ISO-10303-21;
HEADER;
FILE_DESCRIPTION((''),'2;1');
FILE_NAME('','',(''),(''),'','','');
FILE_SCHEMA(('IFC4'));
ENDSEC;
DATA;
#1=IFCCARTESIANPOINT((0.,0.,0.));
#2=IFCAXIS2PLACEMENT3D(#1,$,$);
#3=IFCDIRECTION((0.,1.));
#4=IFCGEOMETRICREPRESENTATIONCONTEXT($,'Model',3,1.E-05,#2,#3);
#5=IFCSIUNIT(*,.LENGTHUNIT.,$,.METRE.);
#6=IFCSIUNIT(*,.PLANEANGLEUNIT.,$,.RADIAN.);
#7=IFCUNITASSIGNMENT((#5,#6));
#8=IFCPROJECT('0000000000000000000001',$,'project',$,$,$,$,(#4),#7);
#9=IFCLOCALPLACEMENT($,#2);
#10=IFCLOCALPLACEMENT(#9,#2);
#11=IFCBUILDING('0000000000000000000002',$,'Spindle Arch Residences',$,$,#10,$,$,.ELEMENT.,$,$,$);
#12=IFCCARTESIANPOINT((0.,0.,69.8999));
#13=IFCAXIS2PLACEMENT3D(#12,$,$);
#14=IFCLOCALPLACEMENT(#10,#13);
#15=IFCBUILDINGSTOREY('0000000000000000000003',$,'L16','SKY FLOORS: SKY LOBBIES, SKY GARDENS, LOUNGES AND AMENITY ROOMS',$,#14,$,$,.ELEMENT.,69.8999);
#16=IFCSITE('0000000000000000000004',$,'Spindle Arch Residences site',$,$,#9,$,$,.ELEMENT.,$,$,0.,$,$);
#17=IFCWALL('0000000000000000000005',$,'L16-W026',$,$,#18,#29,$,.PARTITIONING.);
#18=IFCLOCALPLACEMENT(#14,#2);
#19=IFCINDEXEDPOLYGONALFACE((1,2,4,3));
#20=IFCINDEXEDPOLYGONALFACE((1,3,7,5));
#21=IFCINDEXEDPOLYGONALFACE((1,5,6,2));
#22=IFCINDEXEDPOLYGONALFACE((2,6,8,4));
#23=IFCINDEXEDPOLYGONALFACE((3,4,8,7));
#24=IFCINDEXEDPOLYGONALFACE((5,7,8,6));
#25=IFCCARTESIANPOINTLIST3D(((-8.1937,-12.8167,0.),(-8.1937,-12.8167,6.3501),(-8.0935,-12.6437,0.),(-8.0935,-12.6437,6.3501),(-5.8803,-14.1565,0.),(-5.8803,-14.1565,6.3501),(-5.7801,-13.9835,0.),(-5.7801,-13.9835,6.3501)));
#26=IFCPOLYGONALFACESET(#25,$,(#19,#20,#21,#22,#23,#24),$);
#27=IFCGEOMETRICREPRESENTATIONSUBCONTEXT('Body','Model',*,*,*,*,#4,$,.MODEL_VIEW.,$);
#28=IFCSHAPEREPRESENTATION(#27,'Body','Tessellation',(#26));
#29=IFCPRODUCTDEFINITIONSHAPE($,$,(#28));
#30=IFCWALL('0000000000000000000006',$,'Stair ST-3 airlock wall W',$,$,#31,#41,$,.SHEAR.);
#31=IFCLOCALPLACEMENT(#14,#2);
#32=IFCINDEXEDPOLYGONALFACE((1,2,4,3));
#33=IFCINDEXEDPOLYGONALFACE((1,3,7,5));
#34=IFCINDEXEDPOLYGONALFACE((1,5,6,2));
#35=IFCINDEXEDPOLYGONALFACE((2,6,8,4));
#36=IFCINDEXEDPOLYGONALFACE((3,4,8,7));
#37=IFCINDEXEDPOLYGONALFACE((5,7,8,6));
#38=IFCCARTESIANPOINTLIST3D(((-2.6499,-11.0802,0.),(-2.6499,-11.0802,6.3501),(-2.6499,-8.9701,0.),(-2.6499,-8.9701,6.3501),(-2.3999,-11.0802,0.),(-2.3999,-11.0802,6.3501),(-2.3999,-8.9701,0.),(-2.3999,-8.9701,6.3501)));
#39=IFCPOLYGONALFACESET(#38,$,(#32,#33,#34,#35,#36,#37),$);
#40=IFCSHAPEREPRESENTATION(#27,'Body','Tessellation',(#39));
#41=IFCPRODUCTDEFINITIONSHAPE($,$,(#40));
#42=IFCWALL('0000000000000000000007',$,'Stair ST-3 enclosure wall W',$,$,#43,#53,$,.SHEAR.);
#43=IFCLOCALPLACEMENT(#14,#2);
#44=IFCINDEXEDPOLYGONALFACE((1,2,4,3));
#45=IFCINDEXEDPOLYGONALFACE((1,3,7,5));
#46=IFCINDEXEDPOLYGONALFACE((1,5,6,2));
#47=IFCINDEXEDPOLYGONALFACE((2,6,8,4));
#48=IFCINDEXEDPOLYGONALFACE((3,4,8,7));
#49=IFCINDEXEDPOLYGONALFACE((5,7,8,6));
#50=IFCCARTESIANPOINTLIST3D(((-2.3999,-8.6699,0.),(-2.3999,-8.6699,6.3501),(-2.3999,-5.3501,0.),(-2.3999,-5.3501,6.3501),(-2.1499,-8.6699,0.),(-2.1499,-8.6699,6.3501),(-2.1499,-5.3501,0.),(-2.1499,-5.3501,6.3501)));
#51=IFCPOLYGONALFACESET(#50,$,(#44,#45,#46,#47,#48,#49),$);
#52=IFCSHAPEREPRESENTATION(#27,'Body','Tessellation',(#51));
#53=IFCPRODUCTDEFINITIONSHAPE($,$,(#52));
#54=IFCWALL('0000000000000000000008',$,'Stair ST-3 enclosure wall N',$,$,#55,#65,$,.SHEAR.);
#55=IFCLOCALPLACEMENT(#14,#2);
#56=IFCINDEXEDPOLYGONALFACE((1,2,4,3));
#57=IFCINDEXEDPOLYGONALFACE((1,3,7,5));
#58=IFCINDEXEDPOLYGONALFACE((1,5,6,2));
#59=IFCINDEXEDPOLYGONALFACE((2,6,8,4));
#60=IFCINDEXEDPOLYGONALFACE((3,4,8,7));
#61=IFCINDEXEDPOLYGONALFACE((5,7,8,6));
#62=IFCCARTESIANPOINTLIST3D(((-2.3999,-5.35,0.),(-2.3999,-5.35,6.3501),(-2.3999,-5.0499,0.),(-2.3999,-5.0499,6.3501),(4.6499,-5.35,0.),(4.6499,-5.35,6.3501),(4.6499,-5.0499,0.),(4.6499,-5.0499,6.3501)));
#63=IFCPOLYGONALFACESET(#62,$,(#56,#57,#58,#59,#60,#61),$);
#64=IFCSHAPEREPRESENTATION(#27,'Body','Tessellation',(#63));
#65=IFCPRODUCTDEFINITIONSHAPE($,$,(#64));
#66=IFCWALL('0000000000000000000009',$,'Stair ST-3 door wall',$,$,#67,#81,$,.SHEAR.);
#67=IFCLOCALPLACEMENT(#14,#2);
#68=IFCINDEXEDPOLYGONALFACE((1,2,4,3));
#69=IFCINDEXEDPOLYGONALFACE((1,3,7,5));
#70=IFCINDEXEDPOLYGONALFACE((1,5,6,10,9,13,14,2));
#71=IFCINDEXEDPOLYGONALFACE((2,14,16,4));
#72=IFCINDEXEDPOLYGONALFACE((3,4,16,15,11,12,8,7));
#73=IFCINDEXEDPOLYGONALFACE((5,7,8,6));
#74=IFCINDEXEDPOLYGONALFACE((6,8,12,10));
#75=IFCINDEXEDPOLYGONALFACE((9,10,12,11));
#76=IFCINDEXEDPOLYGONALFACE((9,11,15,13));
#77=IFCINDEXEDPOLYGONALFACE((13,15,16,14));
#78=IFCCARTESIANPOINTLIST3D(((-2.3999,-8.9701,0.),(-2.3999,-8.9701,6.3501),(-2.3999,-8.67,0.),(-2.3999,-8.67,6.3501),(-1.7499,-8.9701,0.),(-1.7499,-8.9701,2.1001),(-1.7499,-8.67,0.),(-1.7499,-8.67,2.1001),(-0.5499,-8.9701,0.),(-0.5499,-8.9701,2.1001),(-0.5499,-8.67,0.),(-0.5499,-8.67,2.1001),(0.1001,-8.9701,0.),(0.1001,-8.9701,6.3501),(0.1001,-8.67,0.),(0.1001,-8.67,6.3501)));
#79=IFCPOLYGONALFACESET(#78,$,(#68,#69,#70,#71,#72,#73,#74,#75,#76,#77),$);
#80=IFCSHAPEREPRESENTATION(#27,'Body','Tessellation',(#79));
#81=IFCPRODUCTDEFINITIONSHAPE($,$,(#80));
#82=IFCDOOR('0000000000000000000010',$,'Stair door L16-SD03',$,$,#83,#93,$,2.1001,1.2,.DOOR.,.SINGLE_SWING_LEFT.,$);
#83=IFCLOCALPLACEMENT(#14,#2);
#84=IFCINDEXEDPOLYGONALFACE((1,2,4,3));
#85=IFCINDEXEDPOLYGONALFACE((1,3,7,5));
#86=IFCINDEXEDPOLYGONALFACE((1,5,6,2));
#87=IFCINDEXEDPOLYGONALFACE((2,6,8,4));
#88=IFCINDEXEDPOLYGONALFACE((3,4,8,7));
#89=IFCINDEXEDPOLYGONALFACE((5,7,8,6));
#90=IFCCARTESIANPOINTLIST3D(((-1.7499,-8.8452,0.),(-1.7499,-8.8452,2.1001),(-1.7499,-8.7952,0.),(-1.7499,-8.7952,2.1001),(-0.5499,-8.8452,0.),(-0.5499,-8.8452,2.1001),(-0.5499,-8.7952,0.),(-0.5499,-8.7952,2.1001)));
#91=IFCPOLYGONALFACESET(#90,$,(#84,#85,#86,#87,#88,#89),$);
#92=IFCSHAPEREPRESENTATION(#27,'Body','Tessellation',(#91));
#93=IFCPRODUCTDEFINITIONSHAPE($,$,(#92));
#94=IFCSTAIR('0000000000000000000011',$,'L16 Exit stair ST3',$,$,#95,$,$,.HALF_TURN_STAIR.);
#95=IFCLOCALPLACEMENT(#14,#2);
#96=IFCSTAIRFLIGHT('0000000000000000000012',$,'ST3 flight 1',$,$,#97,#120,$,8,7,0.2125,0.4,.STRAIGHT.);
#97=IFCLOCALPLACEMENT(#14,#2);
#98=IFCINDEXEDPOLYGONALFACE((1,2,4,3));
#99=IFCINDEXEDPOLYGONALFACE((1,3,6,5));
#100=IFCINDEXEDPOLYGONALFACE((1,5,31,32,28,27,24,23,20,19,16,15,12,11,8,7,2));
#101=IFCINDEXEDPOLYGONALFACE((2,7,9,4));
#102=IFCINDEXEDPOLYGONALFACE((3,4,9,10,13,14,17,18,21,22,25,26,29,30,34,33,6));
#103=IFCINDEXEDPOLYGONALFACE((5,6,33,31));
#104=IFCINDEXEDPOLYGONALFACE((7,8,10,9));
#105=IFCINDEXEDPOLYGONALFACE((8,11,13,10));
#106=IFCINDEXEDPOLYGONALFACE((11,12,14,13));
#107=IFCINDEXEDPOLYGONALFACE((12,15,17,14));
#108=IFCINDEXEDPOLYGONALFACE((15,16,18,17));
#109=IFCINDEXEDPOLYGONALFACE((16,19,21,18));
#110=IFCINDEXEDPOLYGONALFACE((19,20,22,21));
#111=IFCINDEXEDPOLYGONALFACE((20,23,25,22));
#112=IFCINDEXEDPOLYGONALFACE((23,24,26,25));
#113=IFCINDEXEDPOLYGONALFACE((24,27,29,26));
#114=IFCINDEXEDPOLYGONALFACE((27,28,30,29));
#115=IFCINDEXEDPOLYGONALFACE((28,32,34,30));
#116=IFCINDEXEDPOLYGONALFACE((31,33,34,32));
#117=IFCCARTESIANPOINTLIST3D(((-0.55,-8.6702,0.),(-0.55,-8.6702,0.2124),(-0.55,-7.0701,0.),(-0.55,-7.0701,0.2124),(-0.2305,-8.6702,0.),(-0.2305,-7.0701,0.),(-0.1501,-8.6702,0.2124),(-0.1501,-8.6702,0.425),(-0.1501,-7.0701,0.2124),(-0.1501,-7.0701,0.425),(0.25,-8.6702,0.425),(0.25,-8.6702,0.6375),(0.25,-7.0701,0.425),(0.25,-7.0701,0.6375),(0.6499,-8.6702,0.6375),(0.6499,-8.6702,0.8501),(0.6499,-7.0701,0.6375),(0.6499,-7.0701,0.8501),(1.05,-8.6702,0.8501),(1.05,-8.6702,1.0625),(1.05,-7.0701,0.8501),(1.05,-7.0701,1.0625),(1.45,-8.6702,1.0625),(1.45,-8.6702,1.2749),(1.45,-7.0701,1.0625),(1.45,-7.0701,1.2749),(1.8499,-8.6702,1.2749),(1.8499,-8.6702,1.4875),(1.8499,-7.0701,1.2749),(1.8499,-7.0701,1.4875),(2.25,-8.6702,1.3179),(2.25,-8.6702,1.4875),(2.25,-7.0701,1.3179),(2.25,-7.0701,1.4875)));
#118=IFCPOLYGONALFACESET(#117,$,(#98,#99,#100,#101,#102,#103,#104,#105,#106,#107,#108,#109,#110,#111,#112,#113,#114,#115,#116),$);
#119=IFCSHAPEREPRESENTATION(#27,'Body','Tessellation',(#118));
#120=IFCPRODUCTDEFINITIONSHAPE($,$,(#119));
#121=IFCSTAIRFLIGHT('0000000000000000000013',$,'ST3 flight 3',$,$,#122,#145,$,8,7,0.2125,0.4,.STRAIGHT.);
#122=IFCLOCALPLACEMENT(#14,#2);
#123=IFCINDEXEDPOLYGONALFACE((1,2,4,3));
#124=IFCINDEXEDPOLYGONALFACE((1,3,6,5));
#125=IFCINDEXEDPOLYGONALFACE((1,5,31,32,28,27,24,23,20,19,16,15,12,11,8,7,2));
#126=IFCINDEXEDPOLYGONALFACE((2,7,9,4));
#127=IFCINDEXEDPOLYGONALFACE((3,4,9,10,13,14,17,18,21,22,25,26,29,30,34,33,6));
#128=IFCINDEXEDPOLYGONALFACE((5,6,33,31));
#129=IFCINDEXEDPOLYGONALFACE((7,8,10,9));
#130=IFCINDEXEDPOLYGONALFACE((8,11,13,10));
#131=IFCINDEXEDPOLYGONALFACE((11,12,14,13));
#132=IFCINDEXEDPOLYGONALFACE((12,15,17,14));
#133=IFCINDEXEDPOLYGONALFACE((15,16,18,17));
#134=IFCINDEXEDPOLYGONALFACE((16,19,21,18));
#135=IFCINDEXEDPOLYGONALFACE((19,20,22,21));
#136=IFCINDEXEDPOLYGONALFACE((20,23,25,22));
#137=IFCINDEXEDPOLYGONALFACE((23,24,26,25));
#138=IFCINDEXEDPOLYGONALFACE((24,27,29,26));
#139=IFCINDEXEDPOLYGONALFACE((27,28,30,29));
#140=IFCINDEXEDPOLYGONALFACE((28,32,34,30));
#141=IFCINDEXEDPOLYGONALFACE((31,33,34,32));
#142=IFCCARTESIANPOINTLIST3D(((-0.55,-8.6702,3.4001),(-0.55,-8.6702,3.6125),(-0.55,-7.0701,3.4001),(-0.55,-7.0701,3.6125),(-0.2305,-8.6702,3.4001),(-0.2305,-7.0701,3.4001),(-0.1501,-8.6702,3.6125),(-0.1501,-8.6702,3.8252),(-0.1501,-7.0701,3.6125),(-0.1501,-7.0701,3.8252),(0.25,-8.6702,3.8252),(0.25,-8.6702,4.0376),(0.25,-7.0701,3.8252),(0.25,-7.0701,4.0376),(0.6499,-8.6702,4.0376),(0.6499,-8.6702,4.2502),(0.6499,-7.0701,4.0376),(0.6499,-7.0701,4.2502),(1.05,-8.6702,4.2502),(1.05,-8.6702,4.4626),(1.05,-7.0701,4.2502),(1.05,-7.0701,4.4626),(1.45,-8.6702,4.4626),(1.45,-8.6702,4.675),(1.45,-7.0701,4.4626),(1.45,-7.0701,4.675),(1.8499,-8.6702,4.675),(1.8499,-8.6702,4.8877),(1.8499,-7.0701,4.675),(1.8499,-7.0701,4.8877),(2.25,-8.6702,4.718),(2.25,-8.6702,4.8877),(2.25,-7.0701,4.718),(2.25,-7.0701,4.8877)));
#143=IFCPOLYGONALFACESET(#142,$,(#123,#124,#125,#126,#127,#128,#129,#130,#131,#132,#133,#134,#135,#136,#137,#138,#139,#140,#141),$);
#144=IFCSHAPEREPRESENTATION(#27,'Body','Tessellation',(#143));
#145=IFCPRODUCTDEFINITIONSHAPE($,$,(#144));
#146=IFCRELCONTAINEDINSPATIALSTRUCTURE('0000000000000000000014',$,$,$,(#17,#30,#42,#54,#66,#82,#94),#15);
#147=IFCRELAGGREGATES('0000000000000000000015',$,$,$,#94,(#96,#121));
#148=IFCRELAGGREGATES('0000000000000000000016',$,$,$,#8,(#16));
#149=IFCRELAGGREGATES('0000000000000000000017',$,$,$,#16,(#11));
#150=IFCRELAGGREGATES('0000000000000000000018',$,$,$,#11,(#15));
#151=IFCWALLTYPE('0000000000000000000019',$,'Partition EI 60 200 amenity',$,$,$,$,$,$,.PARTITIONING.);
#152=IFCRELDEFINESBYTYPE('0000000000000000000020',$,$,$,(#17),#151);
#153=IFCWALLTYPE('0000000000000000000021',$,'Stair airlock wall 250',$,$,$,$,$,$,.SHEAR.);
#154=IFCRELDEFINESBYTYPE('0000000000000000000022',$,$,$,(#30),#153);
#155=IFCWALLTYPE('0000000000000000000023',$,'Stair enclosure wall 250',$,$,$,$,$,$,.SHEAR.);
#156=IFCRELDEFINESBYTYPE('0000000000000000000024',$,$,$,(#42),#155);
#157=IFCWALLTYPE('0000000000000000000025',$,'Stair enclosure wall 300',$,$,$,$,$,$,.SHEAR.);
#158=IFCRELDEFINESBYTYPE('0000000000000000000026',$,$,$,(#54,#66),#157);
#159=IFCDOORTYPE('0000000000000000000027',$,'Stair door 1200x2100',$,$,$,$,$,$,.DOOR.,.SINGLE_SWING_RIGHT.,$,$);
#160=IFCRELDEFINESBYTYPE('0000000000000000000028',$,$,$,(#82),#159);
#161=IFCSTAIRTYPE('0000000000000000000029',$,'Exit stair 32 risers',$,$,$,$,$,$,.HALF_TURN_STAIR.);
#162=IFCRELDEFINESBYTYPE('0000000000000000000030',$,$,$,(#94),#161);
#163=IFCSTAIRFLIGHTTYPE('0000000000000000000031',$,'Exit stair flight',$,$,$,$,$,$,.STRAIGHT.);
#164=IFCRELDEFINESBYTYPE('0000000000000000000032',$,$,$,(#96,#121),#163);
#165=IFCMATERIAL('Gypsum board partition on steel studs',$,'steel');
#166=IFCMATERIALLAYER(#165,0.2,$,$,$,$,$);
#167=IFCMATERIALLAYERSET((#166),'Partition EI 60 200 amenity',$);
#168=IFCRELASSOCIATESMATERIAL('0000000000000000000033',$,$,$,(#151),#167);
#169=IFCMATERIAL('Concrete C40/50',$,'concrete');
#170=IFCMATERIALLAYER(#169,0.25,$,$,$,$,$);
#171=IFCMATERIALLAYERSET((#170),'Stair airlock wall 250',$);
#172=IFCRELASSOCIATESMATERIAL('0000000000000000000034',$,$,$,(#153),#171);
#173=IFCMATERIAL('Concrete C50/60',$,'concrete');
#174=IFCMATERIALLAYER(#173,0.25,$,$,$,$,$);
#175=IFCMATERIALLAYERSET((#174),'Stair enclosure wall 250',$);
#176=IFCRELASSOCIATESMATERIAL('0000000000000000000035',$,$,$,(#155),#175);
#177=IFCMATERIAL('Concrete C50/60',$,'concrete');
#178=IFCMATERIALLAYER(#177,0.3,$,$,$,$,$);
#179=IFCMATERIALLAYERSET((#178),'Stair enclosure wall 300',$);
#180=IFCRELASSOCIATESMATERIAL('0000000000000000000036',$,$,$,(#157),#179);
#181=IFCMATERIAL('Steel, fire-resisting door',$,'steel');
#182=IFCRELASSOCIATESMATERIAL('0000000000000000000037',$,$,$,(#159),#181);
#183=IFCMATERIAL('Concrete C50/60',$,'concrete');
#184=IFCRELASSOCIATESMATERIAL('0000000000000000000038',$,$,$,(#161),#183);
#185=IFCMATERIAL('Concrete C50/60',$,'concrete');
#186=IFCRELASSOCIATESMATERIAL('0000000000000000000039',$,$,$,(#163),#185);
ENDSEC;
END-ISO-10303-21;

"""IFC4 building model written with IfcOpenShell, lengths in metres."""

from ifc_helpers import new_model, si_unit, direction, frame, frame_2d, origin, place, context, subcontext, project, spatial, polyline, rectangle, outline, extrude, material, layer, layer_set, type_object, element, fill, aggregate, save


model = new_model("IFC4")

# Units and contexts
model_context = context("Model", 3, precision=1e-05, world=origin(), true_north=direction((0.0, 1.0)))
body_context = subcontext(model_context, "Body", "Model", "MODEL_VIEW")
ifc_project = project(units=[si_unit("LENGTHUNIT", "METRE"), si_unit("PLANEANGLEUNIT", "RADIAN")], contexts=[model_context])

# Site, building, storey
site_placement = place(None, origin())
site = spatial("IfcSite", under=ifc_project, at=site_placement, Name="Spindle Arch Residences site", CompositionType="ELEMENT", RefElevation=0.0)
building_placement = place(site_placement, origin())
building = spatial("IfcBuilding", under=site, at=building_placement, Name="Spindle Arch Residences", CompositionType="ELEMENT")
storey_placement = place(building_placement, frame((0.0, 0.0, 69.8999)))
storey = spatial("IfcBuildingStorey", under=building, at=storey_placement, Name="L16", Description="SKY FLOORS: SKY LOBBIES, SKY GARDENS, LOUNGES AND AMENITY ROOMS", CompositionType="ELEMENT", Elevation=69.8999)

# Walls
ifc_material_1 = material(Name="Gypsum board partition on steel studs", Category="steel")
ifc_layer_1 = layer(ifc_material_1, 0.2)
ifc_layer_set_1 = layer_set([ifc_layer_1], Name="Partition EI 60 200 amenity")
wall_type_1 = type_object("IfcWallType", Name="Partition EI 60 200 amenity", PredefinedType="PARTITIONING", material=ifc_layer_set_1)
wall_1_placement = place(storey_placement, frame((-8.1436, -12.7302, 0.0), z_axis=(0.0, 0.0, 1.0), x_axis=(0.865351, -0.501166, 0.0)))
element("IfcWall", 1, at=wall_1_placement, inside=storey, type_object=wall_type_1, Name="L16-W026", PredefinedType="PARTITIONING", context=body_context, shape_type="SweptSolid", body=[
    extrude(rectangle(XDim=2.6733, YDim=0.2, at=frame_2d((1.3367, 0.0))), origin(), (0.0, 0.0, 1.0), 6.3501),
])
ifc_material_2 = material(Name="Concrete C40/50", Category="concrete")
ifc_layer_2 = layer(ifc_material_2, 0.25)
ifc_layer_set_2 = layer_set([ifc_layer_2], Name="Stair airlock wall 250")
wall_type_2 = type_object("IfcWallType", Name="Stair airlock wall 250", PredefinedType="SHEAR", material=ifc_layer_set_2)
wall_2_placement = place(storey_placement, frame((-2.5249, -8.97, 0.0), z_axis=(0.0, 0.0, 1.0), x_axis=(0.0, -1.0, 0.0)))
element("IfcWall", 2, at=wall_2_placement, inside=storey, type_object=wall_type_2, Name="Stair ST-3 airlock wall W", PredefinedType="SHEAR", context=body_context, shape_type="SweptSolid", body=[
    extrude(rectangle(XDim=2.1101, YDim=0.25, at=frame_2d((1.0552, 0.0))), origin(), (0.0, 0.0, 1.0), 6.3501),
])
ifc_material_3 = material(Name="Concrete C50/60", Category="concrete")
ifc_layer_3 = layer(ifc_material_3, 0.25)
ifc_layer_set_3 = layer_set([ifc_layer_3], Name="Stair enclosure wall 250")
wall_type_3 = type_object("IfcWallType", Name="Stair enclosure wall 250", PredefinedType="SHEAR", material=ifc_layer_set_3)
wall_3_placement = place(storey_placement, frame((-2.2749, -8.6699, 0.0), z_axis=(0.0, 0.0, 1.0), x_axis=(0.0, 1.0, 0.0)))
element("IfcWall", 3, at=wall_3_placement, inside=storey, type_object=wall_type_3, Name="Stair ST-3 enclosure wall W", PredefinedType="SHEAR", context=body_context, shape_type="SweptSolid", body=[
    extrude(rectangle(XDim=3.3198, YDim=0.25, at=frame_2d((1.6599, 0.0))), origin(), (0.0, 0.0, 1.0), 6.3501),
])
ifc_material_4 = material(Name="Concrete C50/60", Category="concrete")
ifc_layer_4 = layer(ifc_material_4, 0.3)
ifc_layer_set_4 = layer_set([ifc_layer_4], Name="Stair enclosure wall 300")
wall_type_4 = type_object("IfcWallType", Name="Stair enclosure wall 300", PredefinedType="SHEAR", material=ifc_layer_set_4)
wall_4_placement = place(storey_placement, frame((-2.3999, -5.2, 0.0), z_axis=(0.0, 0.0, 1.0), x_axis=(1.0, 0.0, 0.0)))
element("IfcWall", 4, at=wall_4_placement, inside=storey, type_object=wall_type_4, Name="Stair ST-3 enclosure wall N", PredefinedType="SHEAR", context=body_context, shape_type="SweptSolid", body=[
    extrude(rectangle(XDim=7.0498, YDim=0.3, at=frame_2d((3.5249, 0.0))), origin(), (0.0, 0.0, 1.0), 6.3501),
])

# Wall, opening, door
wall_5_placement = place(storey_placement, frame((-2.3999, -8.8201, 0.0), z_axis=(0.0, 0.0, 1.0), x_axis=(1.0, 0.0, 0.0)))
wall_5 = element("IfcWall", 5, at=wall_5_placement, inside=storey, type_object=wall_type_4, Name="Stair ST-3 door wall", PredefinedType="SHEAR", context=body_context, shape_type="SweptSolid", body=[
    extrude(rectangle(XDim=2.5, YDim=0.3, at=frame_2d((1.25, 0.0))), origin(), (0.0, 0.0, 1.0), 6.3501),
])
opening_1_placement = place(wall_5_placement, frame((0.6499, 0.0, 0.0)))
opening_1 = element("IfcOpeningElement", 6, at=opening_1_placement, cuts=wall_5, PredefinedType="OPENING", context=body_context, shape_type="SweptSolid", body=[
    extrude(rectangle(XDim=1.2, YDim=2.1001, at=frame_2d((0.6001, 1.05))), frame((0.0, 0.1602, 0.0), z_axis=(0.0, -1.0, 0.0), x_axis=(1.0, 0.0, 0.0)), (0.0, 0.0, 1.0), 0.3201),
])
ifc_material_5 = material(Name="Steel, fire-resisting door", Category="steel")
door_type_1 = type_object("IfcDoorType", Name="Stair door 1200x2100", OperationType="SINGLE_SWING_RIGHT", PredefinedType="DOOR", material=ifc_material_5)
door_1_placement = place(opening_1_placement, origin())
door_1 = element("IfcDoor", 7, at=door_1_placement, inside=storey, type_object=door_type_1, Name="Stair door L16-SD03", OperationType="SINGLE_SWING_LEFT", OverallHeight=2.1001, OverallWidth=1.2, PredefinedType="DOOR", context=body_context, shape_type="SweptSolid", body=[
    extrude(rectangle(XDim=1.2, YDim=2.1001, at=frame_2d((0.6001, 1.05))), frame((0.0, 0.0249, 0.0), z_axis=(0.0, -1.0, 0.0), x_axis=(1.0, 0.0, 0.0)), (0.0, 0.0, 1.0), 0.05),
])
fill(opening_1, door_1)

# Stair, stair flights
ifc_material_6 = material(Name="Concrete C50/60", Category="concrete")
stair_type = type_object("IfcStairType", Name="Exit stair 32 risers", PredefinedType="HALF_TURN_STAIR", material=ifc_material_6)
stair_placement = place(storey_placement, origin())
stair = element("IfcStair", 8, at=stair_placement, inside=storey, type_object=stair_type, Name="L16 Exit stair ST3", PredefinedType="HALF_TURN_STAIR")
ifc_material_7 = material(Name="Concrete C50/60", Category="concrete")
stair_flight_type = type_object("IfcStairFlightType", Name="Exit stair flight", PredefinedType="STRAIGHT", material=ifc_material_7)
stair_flight_1_placement = place(storey_placement, frame((-0.55, -7.8701, 0.0), z_axis=(0.0, 0.0, 1.0), x_axis=(1.0, 0.0, 0.0)))
stair_flight_1 = element("IfcStairFlight", 9, at=stair_flight_1_placement, type_object=stair_flight_type, Name="ST3 flight 1", NumberOfRisers=8, NumberOfTreads=7, PredefinedType="STRAIGHT", RiserHeight=0.2125, TreadLength=0.4, context=body_context, shape_type="SweptSolid", body=[
    extrude(outline(polyline([(0.0, 0.0), (0.0, 0.2124), (0.3999, 0.2124), (0.3999, 0.425), (0.8, 0.425), (0.8, 0.6375), (1.2, 0.6375), (1.2, 0.8501), (1.6001, 0.8501), (1.6001, 1.0625), (2.0, 1.0625), (2.0, 1.2749), (2.3999, 1.2749), (2.3999, 1.4875), (2.8, 1.4875), (2.8, 1.7), (2.8, 1.3179), (0.3196, 0.0), (0.0, 0.0)])), frame((0.0, 0.8, 0.0), z_axis=(0.0, -1.0, 0.0), x_axis=(1.0, 0.0, 0.0)), (0.0, 0.0, 1.0), 1.6001),
])
stair_flight_2_placement = place(storey_placement, frame((-0.55, -7.8701, 3.4001), z_axis=(0.0, 0.0, 1.0), x_axis=(1.0, 0.0, 0.0)))
stair_flight_2 = element("IfcStairFlight", 10, at=stair_flight_2_placement, type_object=stair_flight_type, Name="ST3 flight 3", NumberOfRisers=8, NumberOfTreads=7, PredefinedType="STRAIGHT", RiserHeight=0.2125, TreadLength=0.4, context=body_context, shape_type="SweptSolid", body=[
    extrude(outline(polyline([(0.0, 0.0), (0.0, 0.2124), (0.3999, 0.2124), (0.3999, 0.425), (0.8, 0.425), (0.8, 0.6375), (1.2, 0.6375), (1.2, 0.8501), (1.6001, 0.8501), (1.6001, 1.0625), (2.0, 1.0625), (2.0, 1.2749), (2.3999, 1.2749), (2.3999, 1.4875), (2.8, 1.4875), (2.8, 1.7), (2.8, 1.3179), (0.3196, 0.0), (0.0, 0.0)])), frame((0.0, 0.8, 0.0), z_axis=(0.0, -1.0, 0.0), x_axis=(1.0, 0.0, 0.0)), (0.0, 0.0, 1.0), 1.6001),
])
aggregate(stair, [stair_flight_1, stair_flight_2])

save(model, "model.ifc")
